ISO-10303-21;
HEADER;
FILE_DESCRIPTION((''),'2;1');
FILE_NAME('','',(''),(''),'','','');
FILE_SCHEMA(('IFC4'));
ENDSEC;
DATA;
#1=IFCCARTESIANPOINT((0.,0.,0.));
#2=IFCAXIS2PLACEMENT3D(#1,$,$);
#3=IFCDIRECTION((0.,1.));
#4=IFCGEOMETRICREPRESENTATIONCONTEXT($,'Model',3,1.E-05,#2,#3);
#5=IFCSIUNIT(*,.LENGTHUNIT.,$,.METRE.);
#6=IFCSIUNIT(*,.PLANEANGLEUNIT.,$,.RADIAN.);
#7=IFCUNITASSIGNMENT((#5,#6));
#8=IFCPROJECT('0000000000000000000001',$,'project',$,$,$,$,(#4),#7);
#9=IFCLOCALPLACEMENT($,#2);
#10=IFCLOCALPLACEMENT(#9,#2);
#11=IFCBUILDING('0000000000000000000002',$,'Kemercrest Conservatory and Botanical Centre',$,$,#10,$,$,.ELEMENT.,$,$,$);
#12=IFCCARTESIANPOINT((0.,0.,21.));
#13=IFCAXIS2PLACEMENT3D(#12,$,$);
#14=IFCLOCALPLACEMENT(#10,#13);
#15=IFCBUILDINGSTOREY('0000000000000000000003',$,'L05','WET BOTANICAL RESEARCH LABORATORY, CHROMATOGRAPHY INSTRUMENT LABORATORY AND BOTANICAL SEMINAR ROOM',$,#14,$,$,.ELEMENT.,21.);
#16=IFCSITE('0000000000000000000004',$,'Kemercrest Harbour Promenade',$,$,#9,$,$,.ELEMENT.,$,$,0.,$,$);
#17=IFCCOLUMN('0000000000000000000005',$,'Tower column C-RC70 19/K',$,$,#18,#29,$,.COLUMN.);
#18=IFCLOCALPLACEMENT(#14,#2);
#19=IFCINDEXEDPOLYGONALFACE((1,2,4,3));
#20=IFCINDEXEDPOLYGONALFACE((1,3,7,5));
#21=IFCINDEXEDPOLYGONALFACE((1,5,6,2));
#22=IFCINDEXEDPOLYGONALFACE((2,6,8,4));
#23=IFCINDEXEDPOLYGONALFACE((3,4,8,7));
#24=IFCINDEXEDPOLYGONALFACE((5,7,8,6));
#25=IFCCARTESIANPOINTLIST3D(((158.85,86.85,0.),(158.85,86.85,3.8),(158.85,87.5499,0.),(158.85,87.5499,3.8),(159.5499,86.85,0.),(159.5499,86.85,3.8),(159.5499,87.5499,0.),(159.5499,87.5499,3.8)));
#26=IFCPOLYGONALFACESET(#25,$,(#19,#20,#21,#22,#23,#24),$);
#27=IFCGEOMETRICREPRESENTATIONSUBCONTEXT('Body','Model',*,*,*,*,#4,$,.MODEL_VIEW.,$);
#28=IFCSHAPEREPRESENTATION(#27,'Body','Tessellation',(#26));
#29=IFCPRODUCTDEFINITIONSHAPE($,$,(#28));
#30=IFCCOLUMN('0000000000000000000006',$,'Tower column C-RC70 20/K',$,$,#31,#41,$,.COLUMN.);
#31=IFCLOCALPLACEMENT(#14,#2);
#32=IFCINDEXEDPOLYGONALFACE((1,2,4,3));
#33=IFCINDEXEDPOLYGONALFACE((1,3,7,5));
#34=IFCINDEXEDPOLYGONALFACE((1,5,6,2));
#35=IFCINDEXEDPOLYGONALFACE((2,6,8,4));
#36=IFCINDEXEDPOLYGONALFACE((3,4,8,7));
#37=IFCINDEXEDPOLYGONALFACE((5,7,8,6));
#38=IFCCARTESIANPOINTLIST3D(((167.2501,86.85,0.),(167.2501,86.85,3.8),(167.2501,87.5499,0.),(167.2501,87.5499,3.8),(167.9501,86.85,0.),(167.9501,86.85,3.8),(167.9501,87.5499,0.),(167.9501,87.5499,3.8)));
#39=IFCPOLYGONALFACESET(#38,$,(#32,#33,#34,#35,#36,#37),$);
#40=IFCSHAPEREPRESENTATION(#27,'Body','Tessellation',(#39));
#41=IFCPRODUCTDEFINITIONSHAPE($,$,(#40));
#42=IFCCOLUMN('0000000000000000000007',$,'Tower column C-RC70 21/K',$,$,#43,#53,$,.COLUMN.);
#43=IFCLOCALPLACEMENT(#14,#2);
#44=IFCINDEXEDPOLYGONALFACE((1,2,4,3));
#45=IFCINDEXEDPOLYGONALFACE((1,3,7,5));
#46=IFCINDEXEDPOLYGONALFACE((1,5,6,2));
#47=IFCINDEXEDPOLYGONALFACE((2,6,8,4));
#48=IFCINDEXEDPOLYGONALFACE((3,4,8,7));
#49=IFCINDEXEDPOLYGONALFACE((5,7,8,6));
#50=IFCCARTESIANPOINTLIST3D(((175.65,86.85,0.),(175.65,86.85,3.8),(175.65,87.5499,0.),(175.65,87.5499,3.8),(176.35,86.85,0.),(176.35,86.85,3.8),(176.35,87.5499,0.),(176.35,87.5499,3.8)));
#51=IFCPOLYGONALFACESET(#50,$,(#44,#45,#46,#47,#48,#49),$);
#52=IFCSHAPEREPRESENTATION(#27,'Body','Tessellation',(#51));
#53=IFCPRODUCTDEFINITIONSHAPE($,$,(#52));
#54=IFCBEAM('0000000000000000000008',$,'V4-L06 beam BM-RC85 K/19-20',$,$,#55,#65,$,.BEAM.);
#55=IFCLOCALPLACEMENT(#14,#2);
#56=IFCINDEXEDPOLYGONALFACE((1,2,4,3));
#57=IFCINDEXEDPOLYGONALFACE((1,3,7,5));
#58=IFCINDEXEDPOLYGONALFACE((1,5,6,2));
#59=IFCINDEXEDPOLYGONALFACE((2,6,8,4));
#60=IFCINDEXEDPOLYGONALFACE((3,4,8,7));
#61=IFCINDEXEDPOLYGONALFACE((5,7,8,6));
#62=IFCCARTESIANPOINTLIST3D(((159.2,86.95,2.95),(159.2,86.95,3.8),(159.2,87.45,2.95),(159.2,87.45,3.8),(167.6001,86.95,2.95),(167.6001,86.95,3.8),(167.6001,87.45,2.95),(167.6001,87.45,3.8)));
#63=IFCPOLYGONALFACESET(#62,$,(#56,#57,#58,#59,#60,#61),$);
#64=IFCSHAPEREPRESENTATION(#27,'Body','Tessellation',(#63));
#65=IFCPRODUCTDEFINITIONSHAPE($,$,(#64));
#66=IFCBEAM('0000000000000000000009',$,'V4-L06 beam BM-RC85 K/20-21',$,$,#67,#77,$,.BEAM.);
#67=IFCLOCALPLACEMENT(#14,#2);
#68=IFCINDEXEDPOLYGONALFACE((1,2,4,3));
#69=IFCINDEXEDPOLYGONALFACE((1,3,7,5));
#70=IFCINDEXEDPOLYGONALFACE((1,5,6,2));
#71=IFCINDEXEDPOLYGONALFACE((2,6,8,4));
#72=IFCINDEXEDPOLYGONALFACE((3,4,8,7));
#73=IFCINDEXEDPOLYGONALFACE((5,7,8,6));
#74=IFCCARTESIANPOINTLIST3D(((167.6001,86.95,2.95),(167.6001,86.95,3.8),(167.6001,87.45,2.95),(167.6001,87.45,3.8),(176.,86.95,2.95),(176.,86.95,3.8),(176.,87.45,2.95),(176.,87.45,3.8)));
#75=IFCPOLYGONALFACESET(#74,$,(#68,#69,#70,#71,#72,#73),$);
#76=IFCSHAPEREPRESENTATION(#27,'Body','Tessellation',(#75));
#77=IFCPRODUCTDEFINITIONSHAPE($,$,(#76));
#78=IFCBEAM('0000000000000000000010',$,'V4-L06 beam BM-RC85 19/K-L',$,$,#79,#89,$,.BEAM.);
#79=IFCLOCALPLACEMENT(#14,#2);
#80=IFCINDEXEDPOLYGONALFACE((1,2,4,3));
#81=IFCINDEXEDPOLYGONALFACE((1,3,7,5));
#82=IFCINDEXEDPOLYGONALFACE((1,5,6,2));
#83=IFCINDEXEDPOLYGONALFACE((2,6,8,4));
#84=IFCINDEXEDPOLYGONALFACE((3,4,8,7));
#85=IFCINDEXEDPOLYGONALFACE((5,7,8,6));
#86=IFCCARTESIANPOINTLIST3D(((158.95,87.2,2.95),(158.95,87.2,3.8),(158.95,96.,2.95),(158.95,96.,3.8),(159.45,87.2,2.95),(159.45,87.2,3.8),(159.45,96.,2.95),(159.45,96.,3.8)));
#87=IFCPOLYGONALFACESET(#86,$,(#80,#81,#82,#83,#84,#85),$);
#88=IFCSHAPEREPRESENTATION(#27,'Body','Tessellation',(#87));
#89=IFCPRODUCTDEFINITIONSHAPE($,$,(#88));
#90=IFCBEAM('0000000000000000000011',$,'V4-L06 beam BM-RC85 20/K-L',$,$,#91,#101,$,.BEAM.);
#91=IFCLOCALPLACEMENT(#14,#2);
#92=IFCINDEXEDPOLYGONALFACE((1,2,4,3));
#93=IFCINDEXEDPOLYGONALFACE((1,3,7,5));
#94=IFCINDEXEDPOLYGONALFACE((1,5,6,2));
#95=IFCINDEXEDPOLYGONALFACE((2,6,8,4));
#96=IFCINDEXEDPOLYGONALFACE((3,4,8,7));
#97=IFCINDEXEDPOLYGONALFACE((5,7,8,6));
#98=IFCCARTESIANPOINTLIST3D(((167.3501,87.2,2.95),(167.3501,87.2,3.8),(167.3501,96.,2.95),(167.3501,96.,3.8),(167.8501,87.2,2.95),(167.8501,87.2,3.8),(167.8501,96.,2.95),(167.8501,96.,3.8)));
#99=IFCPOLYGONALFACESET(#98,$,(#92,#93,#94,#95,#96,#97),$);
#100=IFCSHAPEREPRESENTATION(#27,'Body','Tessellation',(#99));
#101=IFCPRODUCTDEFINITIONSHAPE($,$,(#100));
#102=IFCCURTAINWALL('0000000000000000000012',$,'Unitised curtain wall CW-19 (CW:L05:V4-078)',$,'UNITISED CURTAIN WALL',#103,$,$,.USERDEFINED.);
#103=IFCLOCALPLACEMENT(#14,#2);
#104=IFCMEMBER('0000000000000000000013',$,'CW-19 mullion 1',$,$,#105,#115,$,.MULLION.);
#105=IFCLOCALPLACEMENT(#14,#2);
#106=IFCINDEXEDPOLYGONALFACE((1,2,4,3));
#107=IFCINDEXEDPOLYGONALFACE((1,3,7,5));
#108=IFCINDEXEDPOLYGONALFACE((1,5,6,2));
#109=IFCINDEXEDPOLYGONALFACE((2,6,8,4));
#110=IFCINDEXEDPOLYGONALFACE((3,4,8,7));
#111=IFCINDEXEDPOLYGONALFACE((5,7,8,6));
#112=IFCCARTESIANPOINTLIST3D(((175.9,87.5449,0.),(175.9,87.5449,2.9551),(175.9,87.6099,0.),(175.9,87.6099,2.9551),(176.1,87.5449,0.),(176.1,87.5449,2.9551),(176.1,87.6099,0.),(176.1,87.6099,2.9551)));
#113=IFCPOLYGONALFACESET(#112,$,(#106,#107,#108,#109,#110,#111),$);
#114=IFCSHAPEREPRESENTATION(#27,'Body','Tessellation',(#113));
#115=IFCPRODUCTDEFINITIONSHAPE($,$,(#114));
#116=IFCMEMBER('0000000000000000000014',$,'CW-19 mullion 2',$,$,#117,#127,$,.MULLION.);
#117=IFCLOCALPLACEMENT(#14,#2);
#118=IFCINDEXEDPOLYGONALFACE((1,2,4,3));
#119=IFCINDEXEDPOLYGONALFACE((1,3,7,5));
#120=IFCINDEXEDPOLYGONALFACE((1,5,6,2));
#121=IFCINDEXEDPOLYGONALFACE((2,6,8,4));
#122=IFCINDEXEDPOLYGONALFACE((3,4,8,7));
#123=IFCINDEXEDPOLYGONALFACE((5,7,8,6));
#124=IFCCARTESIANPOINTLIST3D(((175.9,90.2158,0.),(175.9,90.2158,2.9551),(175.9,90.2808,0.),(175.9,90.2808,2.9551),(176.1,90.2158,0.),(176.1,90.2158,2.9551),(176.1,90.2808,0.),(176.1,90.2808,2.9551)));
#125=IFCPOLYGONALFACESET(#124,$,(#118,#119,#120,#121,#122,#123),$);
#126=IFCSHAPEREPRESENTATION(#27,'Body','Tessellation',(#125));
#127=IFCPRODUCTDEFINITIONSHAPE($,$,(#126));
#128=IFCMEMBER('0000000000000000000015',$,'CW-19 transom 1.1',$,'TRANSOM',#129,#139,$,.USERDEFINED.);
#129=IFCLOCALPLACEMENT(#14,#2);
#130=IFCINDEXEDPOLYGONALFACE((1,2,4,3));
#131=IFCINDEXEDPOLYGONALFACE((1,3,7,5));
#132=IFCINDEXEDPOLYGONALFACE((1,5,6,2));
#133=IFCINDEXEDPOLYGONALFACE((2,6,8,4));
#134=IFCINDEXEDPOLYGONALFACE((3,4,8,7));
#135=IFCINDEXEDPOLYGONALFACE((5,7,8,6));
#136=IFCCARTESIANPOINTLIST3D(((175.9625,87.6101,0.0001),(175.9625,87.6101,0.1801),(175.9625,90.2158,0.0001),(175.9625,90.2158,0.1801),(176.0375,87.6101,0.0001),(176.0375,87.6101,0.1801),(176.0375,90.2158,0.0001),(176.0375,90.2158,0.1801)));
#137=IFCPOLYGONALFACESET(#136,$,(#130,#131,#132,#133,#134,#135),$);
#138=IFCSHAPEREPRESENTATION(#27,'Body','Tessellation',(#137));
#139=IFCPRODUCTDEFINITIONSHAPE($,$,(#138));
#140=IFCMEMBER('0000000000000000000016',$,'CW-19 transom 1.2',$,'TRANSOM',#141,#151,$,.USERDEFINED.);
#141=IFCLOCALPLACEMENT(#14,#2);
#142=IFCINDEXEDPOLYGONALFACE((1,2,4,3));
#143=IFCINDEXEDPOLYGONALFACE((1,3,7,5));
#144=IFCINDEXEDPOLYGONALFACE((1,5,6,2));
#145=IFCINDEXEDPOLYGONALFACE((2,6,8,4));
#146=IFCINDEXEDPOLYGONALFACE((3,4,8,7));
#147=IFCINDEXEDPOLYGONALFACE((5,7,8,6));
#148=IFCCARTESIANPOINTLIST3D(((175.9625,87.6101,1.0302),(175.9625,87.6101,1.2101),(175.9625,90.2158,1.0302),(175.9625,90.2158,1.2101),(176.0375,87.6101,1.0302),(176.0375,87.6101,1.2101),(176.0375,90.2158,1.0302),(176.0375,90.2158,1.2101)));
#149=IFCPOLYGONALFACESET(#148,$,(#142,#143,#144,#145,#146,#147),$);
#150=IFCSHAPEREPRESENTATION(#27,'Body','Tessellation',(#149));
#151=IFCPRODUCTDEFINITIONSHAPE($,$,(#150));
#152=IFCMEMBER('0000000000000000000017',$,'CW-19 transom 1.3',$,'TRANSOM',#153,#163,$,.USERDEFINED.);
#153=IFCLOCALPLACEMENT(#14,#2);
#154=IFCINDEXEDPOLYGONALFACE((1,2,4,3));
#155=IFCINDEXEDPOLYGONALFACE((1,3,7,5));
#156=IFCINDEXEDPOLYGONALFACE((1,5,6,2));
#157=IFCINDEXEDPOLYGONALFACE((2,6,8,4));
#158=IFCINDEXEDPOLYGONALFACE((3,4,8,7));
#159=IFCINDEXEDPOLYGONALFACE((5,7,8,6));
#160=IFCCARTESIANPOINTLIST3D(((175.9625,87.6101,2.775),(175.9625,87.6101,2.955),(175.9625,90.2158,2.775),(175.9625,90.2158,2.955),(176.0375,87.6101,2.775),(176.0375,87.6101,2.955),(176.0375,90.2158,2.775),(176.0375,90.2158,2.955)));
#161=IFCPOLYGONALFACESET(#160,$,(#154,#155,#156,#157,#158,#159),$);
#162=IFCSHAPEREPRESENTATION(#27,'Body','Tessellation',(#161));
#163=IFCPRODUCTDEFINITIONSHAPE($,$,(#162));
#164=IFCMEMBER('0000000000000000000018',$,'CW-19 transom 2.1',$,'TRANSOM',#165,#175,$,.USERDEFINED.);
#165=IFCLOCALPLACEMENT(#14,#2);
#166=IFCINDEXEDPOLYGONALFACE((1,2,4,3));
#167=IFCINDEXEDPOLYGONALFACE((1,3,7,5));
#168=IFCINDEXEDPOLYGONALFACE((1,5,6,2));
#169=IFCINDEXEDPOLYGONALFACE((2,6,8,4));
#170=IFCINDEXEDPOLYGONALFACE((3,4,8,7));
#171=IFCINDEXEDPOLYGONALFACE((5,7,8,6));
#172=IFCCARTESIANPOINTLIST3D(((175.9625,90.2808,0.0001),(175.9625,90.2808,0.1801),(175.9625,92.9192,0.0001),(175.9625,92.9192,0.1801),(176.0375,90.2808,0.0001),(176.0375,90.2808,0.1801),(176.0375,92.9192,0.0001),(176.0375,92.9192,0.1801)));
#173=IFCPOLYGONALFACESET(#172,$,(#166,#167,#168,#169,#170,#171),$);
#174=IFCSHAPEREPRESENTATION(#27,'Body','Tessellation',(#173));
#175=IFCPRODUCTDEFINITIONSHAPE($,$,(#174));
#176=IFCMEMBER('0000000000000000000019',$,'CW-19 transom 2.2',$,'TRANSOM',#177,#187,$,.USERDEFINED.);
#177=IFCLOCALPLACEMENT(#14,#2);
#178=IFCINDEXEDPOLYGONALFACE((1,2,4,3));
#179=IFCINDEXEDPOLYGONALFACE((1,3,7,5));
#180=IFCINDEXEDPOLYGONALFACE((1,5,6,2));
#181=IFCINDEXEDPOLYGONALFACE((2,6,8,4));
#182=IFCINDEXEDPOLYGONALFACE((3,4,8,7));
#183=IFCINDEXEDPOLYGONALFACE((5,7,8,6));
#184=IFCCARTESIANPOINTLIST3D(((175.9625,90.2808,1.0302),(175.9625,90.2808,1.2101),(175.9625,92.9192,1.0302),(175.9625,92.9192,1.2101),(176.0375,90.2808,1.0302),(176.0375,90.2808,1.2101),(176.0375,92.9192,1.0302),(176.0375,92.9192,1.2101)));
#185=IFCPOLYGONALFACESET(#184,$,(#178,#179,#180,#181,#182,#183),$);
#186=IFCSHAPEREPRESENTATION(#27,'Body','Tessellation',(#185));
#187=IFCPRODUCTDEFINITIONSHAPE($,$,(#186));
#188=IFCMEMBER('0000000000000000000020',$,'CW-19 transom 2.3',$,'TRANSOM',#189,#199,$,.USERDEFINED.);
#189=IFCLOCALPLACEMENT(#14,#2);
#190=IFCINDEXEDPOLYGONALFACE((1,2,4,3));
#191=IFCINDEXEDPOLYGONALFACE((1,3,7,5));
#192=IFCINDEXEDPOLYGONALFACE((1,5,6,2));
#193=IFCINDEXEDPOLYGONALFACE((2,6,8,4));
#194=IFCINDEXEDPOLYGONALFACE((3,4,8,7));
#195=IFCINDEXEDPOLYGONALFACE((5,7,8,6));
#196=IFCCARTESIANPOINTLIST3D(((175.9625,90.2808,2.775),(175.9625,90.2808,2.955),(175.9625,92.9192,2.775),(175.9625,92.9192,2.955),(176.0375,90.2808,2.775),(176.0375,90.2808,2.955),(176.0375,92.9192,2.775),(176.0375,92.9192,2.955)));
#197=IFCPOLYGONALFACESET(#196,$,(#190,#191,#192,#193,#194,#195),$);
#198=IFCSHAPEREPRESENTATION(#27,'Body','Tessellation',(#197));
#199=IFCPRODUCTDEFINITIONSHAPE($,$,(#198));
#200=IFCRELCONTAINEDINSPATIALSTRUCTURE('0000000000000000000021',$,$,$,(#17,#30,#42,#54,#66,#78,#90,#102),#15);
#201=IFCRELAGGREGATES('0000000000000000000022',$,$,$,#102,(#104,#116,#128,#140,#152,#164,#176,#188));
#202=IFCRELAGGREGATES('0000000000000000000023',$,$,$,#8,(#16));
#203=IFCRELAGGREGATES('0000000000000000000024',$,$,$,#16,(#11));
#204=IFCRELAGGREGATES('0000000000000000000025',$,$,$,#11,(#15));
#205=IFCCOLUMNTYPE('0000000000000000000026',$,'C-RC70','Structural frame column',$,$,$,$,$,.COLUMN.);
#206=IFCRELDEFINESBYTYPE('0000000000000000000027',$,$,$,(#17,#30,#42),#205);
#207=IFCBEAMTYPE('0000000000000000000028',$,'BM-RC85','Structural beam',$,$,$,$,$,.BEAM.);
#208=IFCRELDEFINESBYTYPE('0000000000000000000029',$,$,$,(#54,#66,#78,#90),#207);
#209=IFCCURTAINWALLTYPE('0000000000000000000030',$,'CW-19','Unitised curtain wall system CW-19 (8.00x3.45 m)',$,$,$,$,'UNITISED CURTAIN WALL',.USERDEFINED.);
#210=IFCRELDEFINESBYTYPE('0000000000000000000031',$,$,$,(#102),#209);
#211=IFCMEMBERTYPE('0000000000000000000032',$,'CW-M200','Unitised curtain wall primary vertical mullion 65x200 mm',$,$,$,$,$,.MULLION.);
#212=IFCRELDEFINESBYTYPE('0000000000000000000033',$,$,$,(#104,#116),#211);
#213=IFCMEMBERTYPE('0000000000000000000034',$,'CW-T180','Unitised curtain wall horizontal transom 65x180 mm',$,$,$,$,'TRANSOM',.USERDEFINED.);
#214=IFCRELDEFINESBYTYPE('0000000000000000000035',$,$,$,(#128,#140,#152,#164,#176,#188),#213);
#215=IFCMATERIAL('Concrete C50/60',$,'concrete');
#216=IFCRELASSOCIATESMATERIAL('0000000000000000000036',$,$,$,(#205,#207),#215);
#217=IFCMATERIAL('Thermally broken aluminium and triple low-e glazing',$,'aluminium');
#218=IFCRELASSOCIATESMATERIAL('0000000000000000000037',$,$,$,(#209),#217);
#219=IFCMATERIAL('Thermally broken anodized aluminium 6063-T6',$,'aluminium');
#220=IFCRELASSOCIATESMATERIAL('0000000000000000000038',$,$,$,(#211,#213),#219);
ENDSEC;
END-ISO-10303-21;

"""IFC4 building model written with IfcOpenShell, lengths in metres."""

from ifc_helpers import new_model, si_unit, direction, frame, origin, origin_2d, place, context, subcontext, project, spatial, rectangle, extrude, material, material_profile, profile_set, type_object, element, aggregate, save


model = new_model("IFC4")

# Units and contexts
model_context = context("Model", 3, precision=1e-05, world=origin(), true_north=direction((0.0, 1.0)))
body_context = subcontext(model_context, "Body", "Model", "MODEL_VIEW")
ifc_project = project(units=[si_unit("LENGTHUNIT", "METRE"), si_unit("PLANEANGLEUNIT", "RADIAN")], contexts=[model_context])

# Site, building, storey
site_placement = place(None, origin())
site = spatial("IfcSite", under=ifc_project, at=site_placement, Name="Kemercrest Harbour Promenade", CompositionType="ELEMENT", RefElevation=0.0)
building_placement = place(site_placement, origin())
building = spatial("IfcBuilding", under=site, at=building_placement, Name="Kemercrest Conservatory and Botanical Centre", CompositionType="ELEMENT")
storey_placement = place(building_placement, frame((0.0, 0.0, 21.0)))
storey = spatial("IfcBuildingStorey", under=building, at=storey_placement, Name="L05", Description="WET BOTANICAL RESEARCH LABORATORY, CHROMATOGRAPHY INSTRUMENT LABORATORY AND BOTANICAL SEMINAR ROOM", CompositionType="ELEMENT", Elevation=21.0)

# Columns
ifc_material_1 = material(Name="Concrete C50/60", Category="concrete")
ifc_material_profile_1 = material_profile(ifc_material_1, rectangle(XDim=0.7, YDim=0.7, at=origin_2d()), Name="RC 700x700")
ifc_profile_set_1 = profile_set([ifc_material_profile_1], Name="Concrete C50/60")
column_type = type_object("IfcColumnType", Name="C-RC70", Description="Structural frame column", PredefinedType="COLUMN", material=ifc_profile_set_1)
for number, where, z_axis, x_axis, name in (
    (1, (159.2, 87.2, 0.0), (0.0, 0.0, 1.0), (1.0, 0.0, 0.0), "Tower column C-RC70 19/K"),
    (2, (167.6001, 87.2, 0.0), (0.0, 0.0, 1.0), (1.0, 0.0, 0.0), "Tower column C-RC70 20/K"),
    (3, (176.0, 87.2, 0.0), (0.0, 0.0, 1.0), (1.0, 0.0, 0.0), "Tower column C-RC70 21/K"),
):
    element("IfcColumn", number, at=place(storey_placement, frame(where, z_axis=z_axis, x_axis=x_axis)), inside=storey, type_object=column_type, Name=name, PredefinedType="COLUMN", context=body_context, shape_type="SweptSolid", body=[
        extrude(rectangle(XDim=0.7, YDim=0.7, at=origin_2d()), origin(), (0.0, 0.0, 1.0), 3.8),
    ])

# Beams
ifc_material_profile_2 = material_profile(ifc_material_1, rectangle(XDim=0.5, YDim=0.8501, at=origin_2d()), Name="RC 500x850")
ifc_profile_set_2 = profile_set([ifc_material_profile_2], Name="Concrete C50/60")
beam_type_1 = type_object("IfcBeamType", Name="BM-RC85", Description="Structural beam", PredefinedType="BEAM", material=ifc_profile_set_2)
beam_1_placement = place(storey_placement, frame((159.2, 87.2, 3.375), z_axis=(1.0, 0.0, 0.0), x_axis=(0.0, 1.0, 0.0)))
element("IfcBeam", 4, at=beam_1_placement, inside=storey, type_object=beam_type_1, Name="V4-L06 beam BM-RC85 K/19-20", PredefinedType="BEAM", context=body_context, shape_type="SweptSolid", body=[
    extrude(rectangle(XDim=0.5, YDim=0.8501, at=origin_2d()), origin(), (0.0, 0.0, 1.0), 8.4001),
])
beam_2_placement = place(storey_placement, frame((167.6001, 87.2, 3.375), z_axis=(1.0, 0.0, 0.0), x_axis=(0.0, 1.0, 0.0)))
element("IfcBeam", 5, at=beam_2_placement, inside=storey, type_object=beam_type_1, Name="V4-L06 beam BM-RC85 K/20-21", PredefinedType="BEAM", context=body_context, shape_type="SweptSolid", body=[
    extrude(rectangle(XDim=0.5, YDim=0.8501, at=origin_2d()), origin(), (0.0, 0.0, 1.0), 8.3999),
])
for number, where, z_axis, x_axis, name in (
    (6, (159.2, 87.2, 3.375), (0.0, 1.0, 0.0), (-1.0, 0.0, 0.0), "V4-L06 beam BM-RC85 19/K-L"),
    (7, (167.6001, 87.2, 3.375), (0.0, 1.0, 0.0), (-1.0, 0.0, 0.0), "V4-L06 beam BM-RC85 20/K-L"),
):
    element("IfcBeam", number, at=place(storey_placement, frame(where, z_axis=z_axis, x_axis=x_axis)), inside=storey, type_object=beam_type_1, Name=name, PredefinedType="BEAM", context=body_context, shape_type="SweptSolid", body=[
        extrude(rectangle(XDim=0.5, YDim=0.8501, at=origin_2d()), origin(), (0.0, 0.0, 1.0), 8.8),
    ])

# Curtain wall, members
ifc_material_2 = material(Name="Thermally broken aluminium and triple low-e glazing", Category="aluminium")
curtain_wall_type = type_object("IfcCurtainWallType", Name="CW-19", Description="Unitised curtain wall system CW-19 (8.00x3.45 m)", ElementType="UNITISED CURTAIN WALL", PredefinedType="USERDEFINED", material=ifc_material_2)
curtain_wall_placement = place(storey_placement, origin())
curtain_wall = element("IfcCurtainWall", 8, at=curtain_wall_placement, inside=storey, type_object=curtain_wall_type, Name="Unitised curtain wall CW-19 (CW:L05:V4-078)", ObjectType="UNITISED CURTAIN WALL", PredefinedType="USERDEFINED")
ifc_material_3 = material(Name="Thermally broken anodized aluminium 6063-T6", Category="aluminium")
ifc_material_profile_3 = material_profile(ifc_material_3, rectangle(XDim=0.2, YDim=0.0649, at=origin_2d()), Name="AL MULLION 65x200")
ifc_profile_set_3 = profile_set([ifc_material_profile_3], Name="Thermally broken anodized aluminium 6063-T6")
member_type_1 = type_object("IfcMemberType", Name="CW-M200", Description="Unitised curtain wall primary vertical mullion 65x200 mm", PredefinedType="MULLION", material=ifc_profile_set_3)
member_1_placement = place(storey_placement, frame((176.0, 87.5774, 0.0), z_axis=(0.0, 0.0, 1.0), x_axis=(-1.0, 0.0, 0.0)))
member_1 = element("IfcMember", 9, at=member_1_placement, type_object=member_type_1, Name="CW-19 mullion 1", PredefinedType="MULLION", context=body_context, shape_type="SweptSolid", body=[
    extrude(rectangle(XDim=0.2, YDim=0.0649, at=origin_2d()), origin(), (0.0, 0.0, 1.0), 2.9551),
])
member_2_placement = place(storey_placement, frame((176.0, 90.2483, 0.0), z_axis=(0.0, 0.0, 1.0), x_axis=(-1.0, 0.0, 0.0)))
member_2 = element("IfcMember", 10, at=member_2_placement, type_object=member_type_1, Name="CW-19 mullion 2", PredefinedType="MULLION", context=body_context, shape_type="SweptSolid", body=[
    extrude(rectangle(XDim=0.2, YDim=0.0649, at=origin_2d()), origin(), (0.0, 0.0, 1.0), 2.9551),
])
ifc_material_profile_4 = material_profile(ifc_material_3, rectangle(XDim=0.075, YDim=0.1799, at=origin_2d()), Name="AL TRANSOM 75x180")
ifc_profile_set_4 = profile_set([ifc_material_profile_4], Name="Thermally broken anodized aluminium 6063-T6")
member_type_2 = type_object("IfcMemberType", Name="CW-T180", Description="Unitised curtain wall horizontal transom 65x180 mm", ElementType="TRANSOM", PredefinedType="USERDEFINED", material=ifc_profile_set_4)
member_3_placement = place(storey_placement, frame((176.0, 87.6101, 0.0901), z_axis=(0.0, 1.0, 0.0), x_axis=(-1.0, 0.0, 0.0)))
member_3 = element("IfcMember", 11, at=member_3_placement, type_object=member_type_2, Name="CW-19 transom 1.1", ObjectType="TRANSOM", PredefinedType="USERDEFINED", context=body_context, shape_type="SweptSolid", body=[
    extrude(rectangle(XDim=0.075, YDim=0.1799, at=origin_2d()), origin(), (0.0, 0.0, 1.0), 2.6057),
])
member_4_placement = place(storey_placement, frame((176.0, 87.6101, 1.1201), z_axis=(0.0, 1.0, 0.0), x_axis=(-1.0, 0.0, 0.0)))
member_4 = element("IfcMember", 12, at=member_4_placement, type_object=member_type_2, Name="CW-19 transom 1.2", ObjectType="TRANSOM", PredefinedType="USERDEFINED", context=body_context, shape_type="SweptSolid", body=[
    extrude(rectangle(XDim=0.075, YDim=0.1799, at=origin_2d()), origin(), (0.0, 0.0, 1.0), 2.6057),
])
member_5_placement = place(storey_placement, frame((176.0, 87.6101, 2.865), z_axis=(0.0, 1.0, 0.0), x_axis=(-1.0, 0.0, 0.0)))
member_5 = element("IfcMember", 13, at=member_5_placement, type_object=member_type_2, Name="CW-19 transom 1.3", ObjectType="TRANSOM", PredefinedType="USERDEFINED", context=body_context, shape_type="SweptSolid", body=[
    extrude(rectangle(XDim=0.075, YDim=0.1799, at=origin_2d()), origin(), (0.0, 0.0, 1.0), 2.6057),
])
member_6_placement = place(storey_placement, frame((176.0, 90.2808, 0.0901), z_axis=(0.0, 1.0, 0.0), x_axis=(-1.0, 0.0, 0.0)))
member_6 = element("IfcMember", 14, at=member_6_placement, type_object=member_type_2, Name="CW-19 transom 2.1", ObjectType="TRANSOM", PredefinedType="USERDEFINED", context=body_context, shape_type="SweptSolid", body=[
    extrude(rectangle(XDim=0.075, YDim=0.1799, at=origin_2d()), origin(), (0.0, 0.0, 1.0), 2.6384),
])
member_7_placement = place(storey_placement, frame((176.0, 90.2808, 1.1201), z_axis=(0.0, 1.0, 0.0), x_axis=(-1.0, 0.0, 0.0)))
member_7 = element("IfcMember", 15, at=member_7_placement, type_object=member_type_2, Name="CW-19 transom 2.2", ObjectType="TRANSOM", PredefinedType="USERDEFINED", context=body_context, shape_type="SweptSolid", body=[
    extrude(rectangle(XDim=0.075, YDim=0.1799, at=origin_2d()), origin(), (0.0, 0.0, 1.0), 2.6384),
])
member_8_placement = place(storey_placement, frame((176.0, 90.2808, 2.865), z_axis=(0.0, 1.0, 0.0), x_axis=(-1.0, 0.0, 0.0)))
member_8 = element("IfcMember", 16, at=member_8_placement, type_object=member_type_2, Name="CW-19 transom 2.3", ObjectType="TRANSOM", PredefinedType="USERDEFINED", context=body_context, shape_type="SweptSolid", body=[
    extrude(rectangle(XDim=0.075, YDim=0.1799, at=origin_2d()), origin(), (0.0, 0.0, 1.0), 2.6384),
])

aggregate(curtain_wall, [member_1, member_2, member_3, member_4, member_5, member_6, member_7, member_8])

save(model, "model.ifc")
